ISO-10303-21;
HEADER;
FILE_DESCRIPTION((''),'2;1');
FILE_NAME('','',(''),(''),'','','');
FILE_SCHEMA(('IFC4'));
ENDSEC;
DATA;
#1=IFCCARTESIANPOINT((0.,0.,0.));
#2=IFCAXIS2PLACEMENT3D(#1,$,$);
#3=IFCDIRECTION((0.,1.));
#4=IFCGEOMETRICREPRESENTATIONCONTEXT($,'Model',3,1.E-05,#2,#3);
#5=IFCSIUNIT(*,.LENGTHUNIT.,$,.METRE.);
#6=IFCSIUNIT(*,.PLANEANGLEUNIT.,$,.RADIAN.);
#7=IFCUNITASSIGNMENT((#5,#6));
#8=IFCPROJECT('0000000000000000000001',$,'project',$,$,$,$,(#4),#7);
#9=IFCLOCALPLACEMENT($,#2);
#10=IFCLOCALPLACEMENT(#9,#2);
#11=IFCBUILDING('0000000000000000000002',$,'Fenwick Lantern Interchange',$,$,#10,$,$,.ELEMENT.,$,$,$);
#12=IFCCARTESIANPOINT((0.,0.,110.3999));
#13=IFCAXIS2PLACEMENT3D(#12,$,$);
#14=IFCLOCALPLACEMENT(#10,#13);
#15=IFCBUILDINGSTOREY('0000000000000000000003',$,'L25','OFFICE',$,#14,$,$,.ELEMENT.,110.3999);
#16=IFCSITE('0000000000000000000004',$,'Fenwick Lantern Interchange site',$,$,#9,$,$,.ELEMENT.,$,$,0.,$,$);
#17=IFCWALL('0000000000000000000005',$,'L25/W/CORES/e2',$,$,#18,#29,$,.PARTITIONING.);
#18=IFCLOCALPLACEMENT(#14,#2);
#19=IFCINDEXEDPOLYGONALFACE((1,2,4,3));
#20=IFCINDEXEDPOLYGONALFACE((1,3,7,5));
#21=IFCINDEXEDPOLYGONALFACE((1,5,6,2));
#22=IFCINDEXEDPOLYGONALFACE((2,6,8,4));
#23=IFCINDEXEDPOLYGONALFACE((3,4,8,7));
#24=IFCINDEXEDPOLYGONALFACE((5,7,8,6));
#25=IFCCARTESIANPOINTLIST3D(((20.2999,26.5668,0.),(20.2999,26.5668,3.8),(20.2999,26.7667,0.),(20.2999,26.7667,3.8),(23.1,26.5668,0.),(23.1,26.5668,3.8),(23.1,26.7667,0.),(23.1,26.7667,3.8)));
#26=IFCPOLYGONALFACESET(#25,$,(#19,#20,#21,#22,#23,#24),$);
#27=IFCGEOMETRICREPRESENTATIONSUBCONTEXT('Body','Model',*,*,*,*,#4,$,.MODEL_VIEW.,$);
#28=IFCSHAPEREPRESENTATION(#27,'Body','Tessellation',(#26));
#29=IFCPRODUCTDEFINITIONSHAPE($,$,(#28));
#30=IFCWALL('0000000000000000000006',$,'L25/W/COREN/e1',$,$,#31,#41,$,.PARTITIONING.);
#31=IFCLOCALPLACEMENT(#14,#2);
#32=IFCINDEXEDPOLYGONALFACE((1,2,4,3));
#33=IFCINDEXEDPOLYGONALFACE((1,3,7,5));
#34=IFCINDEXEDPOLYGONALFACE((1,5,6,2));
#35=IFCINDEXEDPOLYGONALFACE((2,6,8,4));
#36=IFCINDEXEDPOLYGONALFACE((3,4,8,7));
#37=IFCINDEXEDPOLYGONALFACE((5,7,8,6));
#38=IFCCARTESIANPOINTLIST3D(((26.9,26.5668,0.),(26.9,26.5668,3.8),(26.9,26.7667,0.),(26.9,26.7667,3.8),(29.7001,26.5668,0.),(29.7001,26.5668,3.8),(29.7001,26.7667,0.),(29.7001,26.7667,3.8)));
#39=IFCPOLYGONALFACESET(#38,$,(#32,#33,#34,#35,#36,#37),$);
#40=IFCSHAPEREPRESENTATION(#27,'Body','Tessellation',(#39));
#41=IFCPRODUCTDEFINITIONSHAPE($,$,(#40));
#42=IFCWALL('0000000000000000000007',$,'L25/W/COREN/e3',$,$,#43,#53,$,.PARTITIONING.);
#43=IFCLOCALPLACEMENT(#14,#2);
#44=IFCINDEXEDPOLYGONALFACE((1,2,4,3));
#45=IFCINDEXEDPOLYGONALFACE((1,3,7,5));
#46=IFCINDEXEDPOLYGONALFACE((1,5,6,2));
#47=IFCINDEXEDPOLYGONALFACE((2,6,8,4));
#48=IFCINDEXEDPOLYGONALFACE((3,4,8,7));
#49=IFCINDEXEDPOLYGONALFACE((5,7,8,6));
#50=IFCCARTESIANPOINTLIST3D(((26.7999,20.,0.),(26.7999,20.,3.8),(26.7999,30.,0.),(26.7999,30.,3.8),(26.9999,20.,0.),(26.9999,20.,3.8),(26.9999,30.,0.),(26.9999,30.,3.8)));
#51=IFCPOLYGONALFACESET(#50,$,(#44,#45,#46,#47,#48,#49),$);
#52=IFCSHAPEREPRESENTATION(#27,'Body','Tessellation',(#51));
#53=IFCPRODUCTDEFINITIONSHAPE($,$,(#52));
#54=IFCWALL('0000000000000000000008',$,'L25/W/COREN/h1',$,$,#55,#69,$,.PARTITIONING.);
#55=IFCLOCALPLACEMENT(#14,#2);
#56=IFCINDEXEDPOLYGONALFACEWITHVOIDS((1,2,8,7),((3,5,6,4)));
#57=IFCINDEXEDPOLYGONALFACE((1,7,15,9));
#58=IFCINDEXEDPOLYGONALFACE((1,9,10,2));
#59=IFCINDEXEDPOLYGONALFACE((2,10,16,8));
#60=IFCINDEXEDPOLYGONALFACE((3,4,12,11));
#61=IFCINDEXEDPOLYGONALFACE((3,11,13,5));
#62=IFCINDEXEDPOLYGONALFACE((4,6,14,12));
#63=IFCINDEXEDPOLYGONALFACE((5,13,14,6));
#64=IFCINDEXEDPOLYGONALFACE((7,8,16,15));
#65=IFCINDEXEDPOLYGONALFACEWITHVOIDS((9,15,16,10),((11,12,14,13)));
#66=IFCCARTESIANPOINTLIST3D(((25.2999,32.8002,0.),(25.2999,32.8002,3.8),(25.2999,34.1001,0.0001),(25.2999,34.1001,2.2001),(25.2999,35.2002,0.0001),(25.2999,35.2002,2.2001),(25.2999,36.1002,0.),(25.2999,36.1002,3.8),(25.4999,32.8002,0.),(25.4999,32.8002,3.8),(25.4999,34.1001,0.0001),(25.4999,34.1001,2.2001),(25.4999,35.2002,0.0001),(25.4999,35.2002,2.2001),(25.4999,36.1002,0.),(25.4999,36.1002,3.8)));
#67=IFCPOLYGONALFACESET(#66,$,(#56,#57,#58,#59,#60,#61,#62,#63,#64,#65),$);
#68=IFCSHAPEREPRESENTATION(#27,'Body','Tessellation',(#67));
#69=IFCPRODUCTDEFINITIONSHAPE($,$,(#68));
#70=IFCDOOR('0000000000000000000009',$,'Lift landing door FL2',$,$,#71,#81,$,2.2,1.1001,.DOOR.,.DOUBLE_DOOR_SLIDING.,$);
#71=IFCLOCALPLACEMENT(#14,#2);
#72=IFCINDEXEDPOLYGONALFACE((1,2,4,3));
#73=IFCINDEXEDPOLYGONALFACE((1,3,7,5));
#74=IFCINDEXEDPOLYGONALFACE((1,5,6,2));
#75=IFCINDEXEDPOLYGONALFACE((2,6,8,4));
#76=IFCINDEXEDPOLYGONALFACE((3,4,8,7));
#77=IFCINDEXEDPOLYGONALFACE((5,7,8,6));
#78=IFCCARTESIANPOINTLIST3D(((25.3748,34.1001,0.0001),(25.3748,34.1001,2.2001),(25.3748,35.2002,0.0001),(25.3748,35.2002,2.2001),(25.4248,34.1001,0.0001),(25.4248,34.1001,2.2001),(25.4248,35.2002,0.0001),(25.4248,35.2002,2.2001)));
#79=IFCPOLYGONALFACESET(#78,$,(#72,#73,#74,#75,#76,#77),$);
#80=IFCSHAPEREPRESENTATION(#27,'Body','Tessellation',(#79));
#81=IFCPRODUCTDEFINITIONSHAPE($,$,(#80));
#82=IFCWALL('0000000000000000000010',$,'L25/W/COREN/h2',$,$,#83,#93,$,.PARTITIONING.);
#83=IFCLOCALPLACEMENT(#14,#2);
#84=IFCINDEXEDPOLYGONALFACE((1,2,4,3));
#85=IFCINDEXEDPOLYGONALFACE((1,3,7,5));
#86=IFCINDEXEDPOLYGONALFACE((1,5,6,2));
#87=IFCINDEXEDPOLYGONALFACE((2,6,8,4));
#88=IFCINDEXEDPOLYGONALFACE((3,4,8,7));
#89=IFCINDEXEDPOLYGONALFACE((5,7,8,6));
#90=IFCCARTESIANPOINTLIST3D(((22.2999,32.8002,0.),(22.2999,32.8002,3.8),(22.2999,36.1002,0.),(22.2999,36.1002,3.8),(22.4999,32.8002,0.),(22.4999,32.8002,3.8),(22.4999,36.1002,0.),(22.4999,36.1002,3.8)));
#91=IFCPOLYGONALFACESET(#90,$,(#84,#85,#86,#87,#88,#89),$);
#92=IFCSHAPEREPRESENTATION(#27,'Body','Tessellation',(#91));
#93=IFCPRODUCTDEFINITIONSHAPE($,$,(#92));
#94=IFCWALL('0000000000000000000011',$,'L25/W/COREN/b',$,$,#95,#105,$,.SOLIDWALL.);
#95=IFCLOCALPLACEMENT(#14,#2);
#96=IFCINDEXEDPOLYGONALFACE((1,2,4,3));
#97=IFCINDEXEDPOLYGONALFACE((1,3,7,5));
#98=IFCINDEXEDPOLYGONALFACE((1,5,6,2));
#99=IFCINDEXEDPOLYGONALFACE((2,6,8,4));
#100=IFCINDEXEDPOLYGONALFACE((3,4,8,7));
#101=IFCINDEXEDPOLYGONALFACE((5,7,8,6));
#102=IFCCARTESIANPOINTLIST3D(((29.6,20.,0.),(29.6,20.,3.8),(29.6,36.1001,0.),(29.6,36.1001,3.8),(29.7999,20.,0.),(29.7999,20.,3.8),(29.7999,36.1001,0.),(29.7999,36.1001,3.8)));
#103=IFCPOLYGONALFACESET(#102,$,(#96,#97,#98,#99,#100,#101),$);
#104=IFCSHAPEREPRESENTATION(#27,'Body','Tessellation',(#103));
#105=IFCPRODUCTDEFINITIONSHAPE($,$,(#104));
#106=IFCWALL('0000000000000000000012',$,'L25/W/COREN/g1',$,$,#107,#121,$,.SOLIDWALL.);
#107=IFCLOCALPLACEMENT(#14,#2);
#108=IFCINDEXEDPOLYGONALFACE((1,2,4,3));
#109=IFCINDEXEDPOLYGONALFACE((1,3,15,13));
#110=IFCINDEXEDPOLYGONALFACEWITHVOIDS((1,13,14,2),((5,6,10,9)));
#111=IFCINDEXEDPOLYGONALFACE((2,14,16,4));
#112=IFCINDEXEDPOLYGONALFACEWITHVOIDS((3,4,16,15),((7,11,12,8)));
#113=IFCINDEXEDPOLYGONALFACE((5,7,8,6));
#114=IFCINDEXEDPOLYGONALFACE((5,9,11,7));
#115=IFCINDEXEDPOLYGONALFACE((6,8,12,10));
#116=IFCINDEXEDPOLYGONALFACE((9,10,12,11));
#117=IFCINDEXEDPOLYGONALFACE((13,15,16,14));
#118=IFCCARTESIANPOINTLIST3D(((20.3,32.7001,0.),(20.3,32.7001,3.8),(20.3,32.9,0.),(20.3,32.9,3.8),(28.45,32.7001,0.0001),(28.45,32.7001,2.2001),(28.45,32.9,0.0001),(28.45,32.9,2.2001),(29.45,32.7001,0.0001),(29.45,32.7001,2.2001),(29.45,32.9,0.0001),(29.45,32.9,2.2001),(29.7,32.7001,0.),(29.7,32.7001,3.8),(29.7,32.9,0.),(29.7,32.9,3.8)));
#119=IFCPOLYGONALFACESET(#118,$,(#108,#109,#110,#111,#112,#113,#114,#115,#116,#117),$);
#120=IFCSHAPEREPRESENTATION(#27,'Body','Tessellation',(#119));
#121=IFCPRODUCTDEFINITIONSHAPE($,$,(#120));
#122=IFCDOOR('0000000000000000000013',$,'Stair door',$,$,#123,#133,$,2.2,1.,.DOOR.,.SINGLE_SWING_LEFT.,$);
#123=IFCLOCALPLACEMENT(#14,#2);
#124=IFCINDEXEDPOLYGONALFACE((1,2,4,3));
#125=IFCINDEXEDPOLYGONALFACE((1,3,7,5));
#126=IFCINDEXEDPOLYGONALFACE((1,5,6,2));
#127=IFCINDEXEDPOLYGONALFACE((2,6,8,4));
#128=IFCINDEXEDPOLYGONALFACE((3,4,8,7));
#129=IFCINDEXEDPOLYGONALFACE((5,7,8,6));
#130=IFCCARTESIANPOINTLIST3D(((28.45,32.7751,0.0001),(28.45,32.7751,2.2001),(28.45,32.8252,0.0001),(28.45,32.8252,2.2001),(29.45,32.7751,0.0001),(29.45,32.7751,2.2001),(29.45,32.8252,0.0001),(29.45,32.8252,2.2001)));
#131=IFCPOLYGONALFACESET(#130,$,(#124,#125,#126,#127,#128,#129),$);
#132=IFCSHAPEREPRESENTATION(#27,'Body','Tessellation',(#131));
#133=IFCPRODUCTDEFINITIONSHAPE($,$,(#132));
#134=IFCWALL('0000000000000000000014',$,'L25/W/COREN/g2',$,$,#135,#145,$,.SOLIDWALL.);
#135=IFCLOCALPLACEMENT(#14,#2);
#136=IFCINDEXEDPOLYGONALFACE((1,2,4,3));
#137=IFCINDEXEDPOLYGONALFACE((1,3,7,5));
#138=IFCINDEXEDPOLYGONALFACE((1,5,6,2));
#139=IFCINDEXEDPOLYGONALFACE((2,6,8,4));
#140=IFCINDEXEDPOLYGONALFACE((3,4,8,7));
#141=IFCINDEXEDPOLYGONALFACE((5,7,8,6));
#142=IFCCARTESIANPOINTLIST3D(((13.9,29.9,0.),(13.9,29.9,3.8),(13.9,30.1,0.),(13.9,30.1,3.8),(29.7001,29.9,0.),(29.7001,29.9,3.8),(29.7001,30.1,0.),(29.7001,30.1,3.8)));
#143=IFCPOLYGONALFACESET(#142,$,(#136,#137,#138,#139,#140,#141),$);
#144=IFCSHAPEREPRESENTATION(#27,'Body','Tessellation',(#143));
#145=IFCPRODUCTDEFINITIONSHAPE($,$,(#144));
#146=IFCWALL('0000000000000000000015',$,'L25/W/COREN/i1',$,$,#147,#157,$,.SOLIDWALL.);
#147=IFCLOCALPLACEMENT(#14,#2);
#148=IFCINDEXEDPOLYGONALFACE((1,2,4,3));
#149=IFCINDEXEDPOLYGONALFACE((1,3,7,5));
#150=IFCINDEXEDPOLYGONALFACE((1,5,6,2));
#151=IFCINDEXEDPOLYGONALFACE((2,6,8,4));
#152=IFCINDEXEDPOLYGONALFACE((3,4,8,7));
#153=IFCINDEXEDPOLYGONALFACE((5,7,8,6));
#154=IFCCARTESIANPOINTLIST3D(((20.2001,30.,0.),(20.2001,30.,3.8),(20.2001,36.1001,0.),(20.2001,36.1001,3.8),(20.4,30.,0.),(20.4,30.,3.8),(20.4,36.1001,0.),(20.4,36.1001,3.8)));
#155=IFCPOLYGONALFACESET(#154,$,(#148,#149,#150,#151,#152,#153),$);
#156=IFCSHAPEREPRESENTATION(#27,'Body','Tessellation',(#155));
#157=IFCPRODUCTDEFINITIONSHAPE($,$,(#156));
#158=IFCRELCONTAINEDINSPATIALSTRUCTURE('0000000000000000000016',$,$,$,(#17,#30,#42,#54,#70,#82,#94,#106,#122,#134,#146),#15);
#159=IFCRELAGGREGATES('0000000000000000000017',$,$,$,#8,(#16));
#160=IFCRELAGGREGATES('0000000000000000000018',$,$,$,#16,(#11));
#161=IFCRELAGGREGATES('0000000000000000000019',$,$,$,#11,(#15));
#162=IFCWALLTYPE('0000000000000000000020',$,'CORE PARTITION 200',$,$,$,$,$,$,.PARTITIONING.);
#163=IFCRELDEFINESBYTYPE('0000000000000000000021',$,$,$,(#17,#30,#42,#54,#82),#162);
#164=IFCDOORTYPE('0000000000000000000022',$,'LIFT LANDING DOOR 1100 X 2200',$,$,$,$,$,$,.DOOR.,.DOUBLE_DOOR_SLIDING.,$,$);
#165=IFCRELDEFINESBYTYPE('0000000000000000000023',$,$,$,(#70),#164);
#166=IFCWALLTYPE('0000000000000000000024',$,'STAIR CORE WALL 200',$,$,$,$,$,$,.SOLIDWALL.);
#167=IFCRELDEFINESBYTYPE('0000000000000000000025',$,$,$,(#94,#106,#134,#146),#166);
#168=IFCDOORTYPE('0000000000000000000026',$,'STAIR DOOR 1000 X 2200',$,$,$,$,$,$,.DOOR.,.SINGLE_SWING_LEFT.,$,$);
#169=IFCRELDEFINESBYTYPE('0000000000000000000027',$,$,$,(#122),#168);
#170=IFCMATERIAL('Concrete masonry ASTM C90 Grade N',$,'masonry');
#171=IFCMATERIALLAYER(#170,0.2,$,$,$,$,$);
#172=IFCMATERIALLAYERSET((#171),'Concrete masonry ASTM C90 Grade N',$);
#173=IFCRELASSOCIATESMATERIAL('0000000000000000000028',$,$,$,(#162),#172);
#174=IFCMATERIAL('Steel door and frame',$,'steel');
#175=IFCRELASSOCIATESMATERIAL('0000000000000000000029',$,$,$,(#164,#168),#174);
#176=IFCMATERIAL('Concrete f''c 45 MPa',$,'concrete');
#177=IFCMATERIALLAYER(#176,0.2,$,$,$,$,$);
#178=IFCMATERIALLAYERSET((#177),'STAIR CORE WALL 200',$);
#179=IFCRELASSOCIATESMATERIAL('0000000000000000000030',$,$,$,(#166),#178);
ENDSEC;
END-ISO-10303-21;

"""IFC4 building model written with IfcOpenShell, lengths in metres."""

from ifc_helpers import new_model, si_unit, direction, frame, frame_2d, origin, place, context, subcontext, project, spatial, rectangle, extrude, material, layer, layer_set, type_object, element, fill, save


model = new_model("IFC4")

# Units and contexts
model_context = context("Model", 3, precision=1e-05, world=origin(), true_north=direction((0.0, 1.0)))
body_context = subcontext(model_context, "Body", "Model", "MODEL_VIEW")
ifc_project = project(units=[si_unit("LENGTHUNIT", "METRE"), si_unit("PLANEANGLEUNIT", "RADIAN")], contexts=[model_context])

# Site, building, storey
site_placement = place(None, origin())
site = spatial("IfcSite", under=ifc_project, at=site_placement, Name="Fenwick Lantern Interchange site", CompositionType="ELEMENT", RefElevation=0.0)
building_placement = place(site_placement, origin())
building = spatial("IfcBuilding", under=site, at=building_placement, Name="Fenwick Lantern Interchange", CompositionType="ELEMENT")
storey_placement = place(building_placement, frame((0.0, 0.0, 110.3999)))
storey = spatial("IfcBuildingStorey", under=building, at=storey_placement, Name="L25", Description="OFFICE", CompositionType="ELEMENT", Elevation=110.3999)

# Walls
ifc_material_1 = material(Name="Concrete masonry ASTM C90 Grade N", Category="masonry")
ifc_layer_1 = layer(ifc_material_1, 0.2)
ifc_layer_set_1 = layer_set([ifc_layer_1], Name="Concrete masonry ASTM C90 Grade N")
wall_type_1 = type_object("IfcWallType", Name="CORE PARTITION 200", PredefinedType="PARTITIONING", material=ifc_layer_set_1)
for number, where, z_axis, x_axis, name in (
    (1, (20.3, 26.6667, 0.0), (0.0, 0.0, 1.0), (1.0, 0.0, 0.0), "L25/W/CORES/e2"),
    (2, (29.7, 26.6667, 0.0), (0.0, 0.0, 1.0), (-1.0, 0.0, 0.0), "L25/W/COREN/e1"),
):
    element("IfcWall", number, at=place(storey_placement, frame(where, z_axis=z_axis, x_axis=x_axis)), inside=storey, type_object=wall_type_1, Name=name, PredefinedType="PARTITIONING", context=body_context, shape_type="SweptSolid", body=[
        extrude(rectangle(XDim=2.8, YDim=0.2, at=frame_2d((1.3999, 0.0))), origin(), (0.0, 0.0, 1.0), 3.8),
    ])
wall_1_placement = place(storey_placement, frame((26.8999, 30.0, 0.0), z_axis=(0.0, 0.0, 1.0), x_axis=(0.0, -1.0, 0.0)))
element("IfcWall", 3, at=wall_1_placement, inside=storey, type_object=wall_type_1, Name="L25/W/COREN/e3", PredefinedType="PARTITIONING", context=body_context, shape_type="SweptSolid", body=[
    extrude(rectangle(XDim=10.0, YDim=0.2, at=frame_2d((5.0, 0.0))), origin(), (0.0, 0.0, 1.0), 3.8),
])

# Wall, opening, door
wall_2_placement = place(storey_placement, frame((25.3999, 36.1001, 0.0), z_axis=(0.0, 0.0, 1.0), x_axis=(0.0, -1.0, 0.0)))
wall_2 = element("IfcWall", 4, at=wall_2_placement, inside=storey, type_object=wall_type_1, Name="L25/W/COREN/h1", PredefinedType="PARTITIONING", context=body_context, shape_type="SweptSolid", body=[
    extrude(rectangle(XDim=3.3, YDim=0.2, at=frame_2d((1.6499, 0.0))), origin(), (0.0, 0.0, 1.0), 3.8),
])
opening_1_placement = place(wall_2_placement, frame((0.8999, 0.0, 0.0)))
opening_1 = element("IfcOpeningElement", 5, at=opening_1_placement, cuts=wall_2, PredefinedType="OPENING", context=body_context, shape_type="SweptSolid", body=[
    extrude(rectangle(XDim=1.1001, YDim=2.2, at=frame_2d((0.55, 1.1001))), frame((0.0, 0.1099, 0.0), z_axis=(0.0, -1.0, 0.0), x_axis=(1.0, 0.0, 0.0)), (0.0, 0.0, 1.0), 0.22),
])
ifc_material_2 = material(Name="Steel door and frame", Category="steel")
door_type_1 = type_object("IfcDoorType", Name="LIFT LANDING DOOR 1100 X 2200", OperationType="DOUBLE_DOOR_SLIDING", PredefinedType="DOOR", material=ifc_material_2)
door_1_placement = place(opening_1_placement, origin())
door_1 = element("IfcDoor", 6, at=door_1_placement, inside=storey, type_object=door_type_1, Name="Lift landing door FL2", OperationType="DOUBLE_DOOR_SLIDING", OverallHeight=2.2, OverallWidth=1.1001, PredefinedType="DOOR", context=body_context, shape_type="SweptSolid", body=[
    extrude(rectangle(XDim=1.1001, YDim=2.2, at=frame_2d((0.55, 1.1001))), frame((0.0, 0.0249, 0.0), z_axis=(0.0, -1.0, 0.0), x_axis=(1.0, 0.0, 0.0)), (0.0, 0.0, 1.0), 0.05),
])
fill(opening_1, door_1)

# Walls
wall_3_placement = place(storey_placement, frame((22.3999, 36.1001, 0.0), z_axis=(0.0, 0.0, 1.0), x_axis=(0.0, -1.0, 0.0)))
element("IfcWall", 7, at=wall_3_placement, inside=storey, type_object=wall_type_1, Name="L25/W/COREN/h2", PredefinedType="PARTITIONING", context=body_context, shape_type="SweptSolid", body=[
    extrude(rectangle(XDim=3.3, YDim=0.2, at=frame_2d((1.6499, 0.0))), origin(), (0.0, 0.0, 1.0), 3.8),
])
ifc_material_3 = material(Name="Concrete f'c 45 MPa", Category="concrete")
ifc_layer_2 = layer(ifc_material_3, 0.2)
ifc_layer_set_2 = layer_set([ifc_layer_2], Name="STAIR CORE WALL 200")
wall_type_2 = type_object("IfcWallType", Name="STAIR CORE WALL 200", PredefinedType="SOLIDWALL", material=ifc_layer_set_2)
wall_4_placement = place(storey_placement, frame((29.7, 36.1001, 0.0), z_axis=(0.0, 0.0, 1.0), x_axis=(0.0, -1.0, 0.0)))
element("IfcWall", 8, at=wall_4_placement, inside=storey, type_object=wall_type_2, Name="L25/W/COREN/b", PredefinedType="SOLIDWALL", context=body_context, shape_type="SweptSolid", body=[
    extrude(rectangle(XDim=16.1001, YDim=0.2, at=frame_2d((8.05, 0.0))), origin(), (0.0, 0.0, 1.0), 3.8),
])

# Wall, opening, door
wall_5_placement = place(storey_placement, frame((29.7, 32.8, 0.0), z_axis=(0.0, 0.0, 1.0), x_axis=(-1.0, 0.0, 0.0)))
wall_5 = element("IfcWall", 9, at=wall_5_placement, inside=storey, type_object=wall_type_2, Name="L25/W/COREN/g1", PredefinedType="SOLIDWALL", context=body_context, shape_type="SweptSolid", body=[
    extrude(rectangle(XDim=9.3999, YDim=0.2, at=frame_2d((4.7, 0.0))), origin(), (0.0, 0.0, 1.0), 3.8),
])
opening_2_placement = place(wall_5_placement, frame((0.25, 0.0, 0.0)))
opening_2 = element("IfcOpeningElement", 10, at=opening_2_placement, cuts=wall_5, PredefinedType="OPENING", context=body_context, shape_type="SweptSolid", body=[
    extrude(rectangle(XDim=1.0, YDim=2.2, at=frame_2d((0.5, 1.1001))), frame((0.0, 0.1099, 0.0), z_axis=(0.0, -1.0, 0.0), x_axis=(1.0, 0.0, 0.0)), (0.0, 0.0, 1.0), 0.22),
])
door_type_2 = type_object("IfcDoorType", Name="STAIR DOOR 1000 X 2200", OperationType="SINGLE_SWING_LEFT", PredefinedType="DOOR", material=ifc_material_2)
door_2_placement = place(opening_2_placement, origin())
door_2 = element("IfcDoor", 11, at=door_2_placement, inside=storey, type_object=door_type_2, Name="Stair door", OperationType="SINGLE_SWING_LEFT", OverallHeight=2.2, OverallWidth=1.0, PredefinedType="DOOR", context=body_context, shape_type="SweptSolid", body=[
    extrude(rectangle(XDim=1.0, YDim=2.2, at=frame_2d((0.5, 1.1001))), frame((0.0, 0.0249, 0.0), z_axis=(0.0, -1.0, 0.0), x_axis=(1.0, 0.0, 0.0)), (0.0, 0.0, 1.0), 0.05),
])
fill(opening_2, door_2)

# Walls
wall_6_placement = place(storey_placement, frame((29.7, 30.0, 0.0), z_axis=(0.0, 0.0, 1.0), x_axis=(-1.0, 0.0, 0.0)))
element("IfcWall", 12, at=wall_6_placement, inside=storey, type_object=wall_type_2, Name="L25/W/COREN/g2", PredefinedType="SOLIDWALL", context=body_context, shape_type="SweptSolid", body=[
    extrude(rectangle(XDim=15.8, YDim=0.2, at=frame_2d((7.8999, 0.0))), origin(), (0.0, 0.0, 1.0), 3.8),
])
wall_7_placement = place(storey_placement, frame((20.3, 36.1001, 0.0), z_axis=(0.0, 0.0, 1.0), x_axis=(0.0, -1.0, 0.0)))
element("IfcWall", 13, at=wall_7_placement, inside=storey, type_object=wall_type_2, Name="L25/W/COREN/i1", PredefinedType="SOLIDWALL", context=body_context, shape_type="SweptSolid", body=[
    extrude(rectangle(XDim=6.1001, YDim=0.2, at=frame_2d((3.05, 0.0))), origin(), (0.0, 0.0, 1.0), 3.8),
])

save(model, "model.ifc")
